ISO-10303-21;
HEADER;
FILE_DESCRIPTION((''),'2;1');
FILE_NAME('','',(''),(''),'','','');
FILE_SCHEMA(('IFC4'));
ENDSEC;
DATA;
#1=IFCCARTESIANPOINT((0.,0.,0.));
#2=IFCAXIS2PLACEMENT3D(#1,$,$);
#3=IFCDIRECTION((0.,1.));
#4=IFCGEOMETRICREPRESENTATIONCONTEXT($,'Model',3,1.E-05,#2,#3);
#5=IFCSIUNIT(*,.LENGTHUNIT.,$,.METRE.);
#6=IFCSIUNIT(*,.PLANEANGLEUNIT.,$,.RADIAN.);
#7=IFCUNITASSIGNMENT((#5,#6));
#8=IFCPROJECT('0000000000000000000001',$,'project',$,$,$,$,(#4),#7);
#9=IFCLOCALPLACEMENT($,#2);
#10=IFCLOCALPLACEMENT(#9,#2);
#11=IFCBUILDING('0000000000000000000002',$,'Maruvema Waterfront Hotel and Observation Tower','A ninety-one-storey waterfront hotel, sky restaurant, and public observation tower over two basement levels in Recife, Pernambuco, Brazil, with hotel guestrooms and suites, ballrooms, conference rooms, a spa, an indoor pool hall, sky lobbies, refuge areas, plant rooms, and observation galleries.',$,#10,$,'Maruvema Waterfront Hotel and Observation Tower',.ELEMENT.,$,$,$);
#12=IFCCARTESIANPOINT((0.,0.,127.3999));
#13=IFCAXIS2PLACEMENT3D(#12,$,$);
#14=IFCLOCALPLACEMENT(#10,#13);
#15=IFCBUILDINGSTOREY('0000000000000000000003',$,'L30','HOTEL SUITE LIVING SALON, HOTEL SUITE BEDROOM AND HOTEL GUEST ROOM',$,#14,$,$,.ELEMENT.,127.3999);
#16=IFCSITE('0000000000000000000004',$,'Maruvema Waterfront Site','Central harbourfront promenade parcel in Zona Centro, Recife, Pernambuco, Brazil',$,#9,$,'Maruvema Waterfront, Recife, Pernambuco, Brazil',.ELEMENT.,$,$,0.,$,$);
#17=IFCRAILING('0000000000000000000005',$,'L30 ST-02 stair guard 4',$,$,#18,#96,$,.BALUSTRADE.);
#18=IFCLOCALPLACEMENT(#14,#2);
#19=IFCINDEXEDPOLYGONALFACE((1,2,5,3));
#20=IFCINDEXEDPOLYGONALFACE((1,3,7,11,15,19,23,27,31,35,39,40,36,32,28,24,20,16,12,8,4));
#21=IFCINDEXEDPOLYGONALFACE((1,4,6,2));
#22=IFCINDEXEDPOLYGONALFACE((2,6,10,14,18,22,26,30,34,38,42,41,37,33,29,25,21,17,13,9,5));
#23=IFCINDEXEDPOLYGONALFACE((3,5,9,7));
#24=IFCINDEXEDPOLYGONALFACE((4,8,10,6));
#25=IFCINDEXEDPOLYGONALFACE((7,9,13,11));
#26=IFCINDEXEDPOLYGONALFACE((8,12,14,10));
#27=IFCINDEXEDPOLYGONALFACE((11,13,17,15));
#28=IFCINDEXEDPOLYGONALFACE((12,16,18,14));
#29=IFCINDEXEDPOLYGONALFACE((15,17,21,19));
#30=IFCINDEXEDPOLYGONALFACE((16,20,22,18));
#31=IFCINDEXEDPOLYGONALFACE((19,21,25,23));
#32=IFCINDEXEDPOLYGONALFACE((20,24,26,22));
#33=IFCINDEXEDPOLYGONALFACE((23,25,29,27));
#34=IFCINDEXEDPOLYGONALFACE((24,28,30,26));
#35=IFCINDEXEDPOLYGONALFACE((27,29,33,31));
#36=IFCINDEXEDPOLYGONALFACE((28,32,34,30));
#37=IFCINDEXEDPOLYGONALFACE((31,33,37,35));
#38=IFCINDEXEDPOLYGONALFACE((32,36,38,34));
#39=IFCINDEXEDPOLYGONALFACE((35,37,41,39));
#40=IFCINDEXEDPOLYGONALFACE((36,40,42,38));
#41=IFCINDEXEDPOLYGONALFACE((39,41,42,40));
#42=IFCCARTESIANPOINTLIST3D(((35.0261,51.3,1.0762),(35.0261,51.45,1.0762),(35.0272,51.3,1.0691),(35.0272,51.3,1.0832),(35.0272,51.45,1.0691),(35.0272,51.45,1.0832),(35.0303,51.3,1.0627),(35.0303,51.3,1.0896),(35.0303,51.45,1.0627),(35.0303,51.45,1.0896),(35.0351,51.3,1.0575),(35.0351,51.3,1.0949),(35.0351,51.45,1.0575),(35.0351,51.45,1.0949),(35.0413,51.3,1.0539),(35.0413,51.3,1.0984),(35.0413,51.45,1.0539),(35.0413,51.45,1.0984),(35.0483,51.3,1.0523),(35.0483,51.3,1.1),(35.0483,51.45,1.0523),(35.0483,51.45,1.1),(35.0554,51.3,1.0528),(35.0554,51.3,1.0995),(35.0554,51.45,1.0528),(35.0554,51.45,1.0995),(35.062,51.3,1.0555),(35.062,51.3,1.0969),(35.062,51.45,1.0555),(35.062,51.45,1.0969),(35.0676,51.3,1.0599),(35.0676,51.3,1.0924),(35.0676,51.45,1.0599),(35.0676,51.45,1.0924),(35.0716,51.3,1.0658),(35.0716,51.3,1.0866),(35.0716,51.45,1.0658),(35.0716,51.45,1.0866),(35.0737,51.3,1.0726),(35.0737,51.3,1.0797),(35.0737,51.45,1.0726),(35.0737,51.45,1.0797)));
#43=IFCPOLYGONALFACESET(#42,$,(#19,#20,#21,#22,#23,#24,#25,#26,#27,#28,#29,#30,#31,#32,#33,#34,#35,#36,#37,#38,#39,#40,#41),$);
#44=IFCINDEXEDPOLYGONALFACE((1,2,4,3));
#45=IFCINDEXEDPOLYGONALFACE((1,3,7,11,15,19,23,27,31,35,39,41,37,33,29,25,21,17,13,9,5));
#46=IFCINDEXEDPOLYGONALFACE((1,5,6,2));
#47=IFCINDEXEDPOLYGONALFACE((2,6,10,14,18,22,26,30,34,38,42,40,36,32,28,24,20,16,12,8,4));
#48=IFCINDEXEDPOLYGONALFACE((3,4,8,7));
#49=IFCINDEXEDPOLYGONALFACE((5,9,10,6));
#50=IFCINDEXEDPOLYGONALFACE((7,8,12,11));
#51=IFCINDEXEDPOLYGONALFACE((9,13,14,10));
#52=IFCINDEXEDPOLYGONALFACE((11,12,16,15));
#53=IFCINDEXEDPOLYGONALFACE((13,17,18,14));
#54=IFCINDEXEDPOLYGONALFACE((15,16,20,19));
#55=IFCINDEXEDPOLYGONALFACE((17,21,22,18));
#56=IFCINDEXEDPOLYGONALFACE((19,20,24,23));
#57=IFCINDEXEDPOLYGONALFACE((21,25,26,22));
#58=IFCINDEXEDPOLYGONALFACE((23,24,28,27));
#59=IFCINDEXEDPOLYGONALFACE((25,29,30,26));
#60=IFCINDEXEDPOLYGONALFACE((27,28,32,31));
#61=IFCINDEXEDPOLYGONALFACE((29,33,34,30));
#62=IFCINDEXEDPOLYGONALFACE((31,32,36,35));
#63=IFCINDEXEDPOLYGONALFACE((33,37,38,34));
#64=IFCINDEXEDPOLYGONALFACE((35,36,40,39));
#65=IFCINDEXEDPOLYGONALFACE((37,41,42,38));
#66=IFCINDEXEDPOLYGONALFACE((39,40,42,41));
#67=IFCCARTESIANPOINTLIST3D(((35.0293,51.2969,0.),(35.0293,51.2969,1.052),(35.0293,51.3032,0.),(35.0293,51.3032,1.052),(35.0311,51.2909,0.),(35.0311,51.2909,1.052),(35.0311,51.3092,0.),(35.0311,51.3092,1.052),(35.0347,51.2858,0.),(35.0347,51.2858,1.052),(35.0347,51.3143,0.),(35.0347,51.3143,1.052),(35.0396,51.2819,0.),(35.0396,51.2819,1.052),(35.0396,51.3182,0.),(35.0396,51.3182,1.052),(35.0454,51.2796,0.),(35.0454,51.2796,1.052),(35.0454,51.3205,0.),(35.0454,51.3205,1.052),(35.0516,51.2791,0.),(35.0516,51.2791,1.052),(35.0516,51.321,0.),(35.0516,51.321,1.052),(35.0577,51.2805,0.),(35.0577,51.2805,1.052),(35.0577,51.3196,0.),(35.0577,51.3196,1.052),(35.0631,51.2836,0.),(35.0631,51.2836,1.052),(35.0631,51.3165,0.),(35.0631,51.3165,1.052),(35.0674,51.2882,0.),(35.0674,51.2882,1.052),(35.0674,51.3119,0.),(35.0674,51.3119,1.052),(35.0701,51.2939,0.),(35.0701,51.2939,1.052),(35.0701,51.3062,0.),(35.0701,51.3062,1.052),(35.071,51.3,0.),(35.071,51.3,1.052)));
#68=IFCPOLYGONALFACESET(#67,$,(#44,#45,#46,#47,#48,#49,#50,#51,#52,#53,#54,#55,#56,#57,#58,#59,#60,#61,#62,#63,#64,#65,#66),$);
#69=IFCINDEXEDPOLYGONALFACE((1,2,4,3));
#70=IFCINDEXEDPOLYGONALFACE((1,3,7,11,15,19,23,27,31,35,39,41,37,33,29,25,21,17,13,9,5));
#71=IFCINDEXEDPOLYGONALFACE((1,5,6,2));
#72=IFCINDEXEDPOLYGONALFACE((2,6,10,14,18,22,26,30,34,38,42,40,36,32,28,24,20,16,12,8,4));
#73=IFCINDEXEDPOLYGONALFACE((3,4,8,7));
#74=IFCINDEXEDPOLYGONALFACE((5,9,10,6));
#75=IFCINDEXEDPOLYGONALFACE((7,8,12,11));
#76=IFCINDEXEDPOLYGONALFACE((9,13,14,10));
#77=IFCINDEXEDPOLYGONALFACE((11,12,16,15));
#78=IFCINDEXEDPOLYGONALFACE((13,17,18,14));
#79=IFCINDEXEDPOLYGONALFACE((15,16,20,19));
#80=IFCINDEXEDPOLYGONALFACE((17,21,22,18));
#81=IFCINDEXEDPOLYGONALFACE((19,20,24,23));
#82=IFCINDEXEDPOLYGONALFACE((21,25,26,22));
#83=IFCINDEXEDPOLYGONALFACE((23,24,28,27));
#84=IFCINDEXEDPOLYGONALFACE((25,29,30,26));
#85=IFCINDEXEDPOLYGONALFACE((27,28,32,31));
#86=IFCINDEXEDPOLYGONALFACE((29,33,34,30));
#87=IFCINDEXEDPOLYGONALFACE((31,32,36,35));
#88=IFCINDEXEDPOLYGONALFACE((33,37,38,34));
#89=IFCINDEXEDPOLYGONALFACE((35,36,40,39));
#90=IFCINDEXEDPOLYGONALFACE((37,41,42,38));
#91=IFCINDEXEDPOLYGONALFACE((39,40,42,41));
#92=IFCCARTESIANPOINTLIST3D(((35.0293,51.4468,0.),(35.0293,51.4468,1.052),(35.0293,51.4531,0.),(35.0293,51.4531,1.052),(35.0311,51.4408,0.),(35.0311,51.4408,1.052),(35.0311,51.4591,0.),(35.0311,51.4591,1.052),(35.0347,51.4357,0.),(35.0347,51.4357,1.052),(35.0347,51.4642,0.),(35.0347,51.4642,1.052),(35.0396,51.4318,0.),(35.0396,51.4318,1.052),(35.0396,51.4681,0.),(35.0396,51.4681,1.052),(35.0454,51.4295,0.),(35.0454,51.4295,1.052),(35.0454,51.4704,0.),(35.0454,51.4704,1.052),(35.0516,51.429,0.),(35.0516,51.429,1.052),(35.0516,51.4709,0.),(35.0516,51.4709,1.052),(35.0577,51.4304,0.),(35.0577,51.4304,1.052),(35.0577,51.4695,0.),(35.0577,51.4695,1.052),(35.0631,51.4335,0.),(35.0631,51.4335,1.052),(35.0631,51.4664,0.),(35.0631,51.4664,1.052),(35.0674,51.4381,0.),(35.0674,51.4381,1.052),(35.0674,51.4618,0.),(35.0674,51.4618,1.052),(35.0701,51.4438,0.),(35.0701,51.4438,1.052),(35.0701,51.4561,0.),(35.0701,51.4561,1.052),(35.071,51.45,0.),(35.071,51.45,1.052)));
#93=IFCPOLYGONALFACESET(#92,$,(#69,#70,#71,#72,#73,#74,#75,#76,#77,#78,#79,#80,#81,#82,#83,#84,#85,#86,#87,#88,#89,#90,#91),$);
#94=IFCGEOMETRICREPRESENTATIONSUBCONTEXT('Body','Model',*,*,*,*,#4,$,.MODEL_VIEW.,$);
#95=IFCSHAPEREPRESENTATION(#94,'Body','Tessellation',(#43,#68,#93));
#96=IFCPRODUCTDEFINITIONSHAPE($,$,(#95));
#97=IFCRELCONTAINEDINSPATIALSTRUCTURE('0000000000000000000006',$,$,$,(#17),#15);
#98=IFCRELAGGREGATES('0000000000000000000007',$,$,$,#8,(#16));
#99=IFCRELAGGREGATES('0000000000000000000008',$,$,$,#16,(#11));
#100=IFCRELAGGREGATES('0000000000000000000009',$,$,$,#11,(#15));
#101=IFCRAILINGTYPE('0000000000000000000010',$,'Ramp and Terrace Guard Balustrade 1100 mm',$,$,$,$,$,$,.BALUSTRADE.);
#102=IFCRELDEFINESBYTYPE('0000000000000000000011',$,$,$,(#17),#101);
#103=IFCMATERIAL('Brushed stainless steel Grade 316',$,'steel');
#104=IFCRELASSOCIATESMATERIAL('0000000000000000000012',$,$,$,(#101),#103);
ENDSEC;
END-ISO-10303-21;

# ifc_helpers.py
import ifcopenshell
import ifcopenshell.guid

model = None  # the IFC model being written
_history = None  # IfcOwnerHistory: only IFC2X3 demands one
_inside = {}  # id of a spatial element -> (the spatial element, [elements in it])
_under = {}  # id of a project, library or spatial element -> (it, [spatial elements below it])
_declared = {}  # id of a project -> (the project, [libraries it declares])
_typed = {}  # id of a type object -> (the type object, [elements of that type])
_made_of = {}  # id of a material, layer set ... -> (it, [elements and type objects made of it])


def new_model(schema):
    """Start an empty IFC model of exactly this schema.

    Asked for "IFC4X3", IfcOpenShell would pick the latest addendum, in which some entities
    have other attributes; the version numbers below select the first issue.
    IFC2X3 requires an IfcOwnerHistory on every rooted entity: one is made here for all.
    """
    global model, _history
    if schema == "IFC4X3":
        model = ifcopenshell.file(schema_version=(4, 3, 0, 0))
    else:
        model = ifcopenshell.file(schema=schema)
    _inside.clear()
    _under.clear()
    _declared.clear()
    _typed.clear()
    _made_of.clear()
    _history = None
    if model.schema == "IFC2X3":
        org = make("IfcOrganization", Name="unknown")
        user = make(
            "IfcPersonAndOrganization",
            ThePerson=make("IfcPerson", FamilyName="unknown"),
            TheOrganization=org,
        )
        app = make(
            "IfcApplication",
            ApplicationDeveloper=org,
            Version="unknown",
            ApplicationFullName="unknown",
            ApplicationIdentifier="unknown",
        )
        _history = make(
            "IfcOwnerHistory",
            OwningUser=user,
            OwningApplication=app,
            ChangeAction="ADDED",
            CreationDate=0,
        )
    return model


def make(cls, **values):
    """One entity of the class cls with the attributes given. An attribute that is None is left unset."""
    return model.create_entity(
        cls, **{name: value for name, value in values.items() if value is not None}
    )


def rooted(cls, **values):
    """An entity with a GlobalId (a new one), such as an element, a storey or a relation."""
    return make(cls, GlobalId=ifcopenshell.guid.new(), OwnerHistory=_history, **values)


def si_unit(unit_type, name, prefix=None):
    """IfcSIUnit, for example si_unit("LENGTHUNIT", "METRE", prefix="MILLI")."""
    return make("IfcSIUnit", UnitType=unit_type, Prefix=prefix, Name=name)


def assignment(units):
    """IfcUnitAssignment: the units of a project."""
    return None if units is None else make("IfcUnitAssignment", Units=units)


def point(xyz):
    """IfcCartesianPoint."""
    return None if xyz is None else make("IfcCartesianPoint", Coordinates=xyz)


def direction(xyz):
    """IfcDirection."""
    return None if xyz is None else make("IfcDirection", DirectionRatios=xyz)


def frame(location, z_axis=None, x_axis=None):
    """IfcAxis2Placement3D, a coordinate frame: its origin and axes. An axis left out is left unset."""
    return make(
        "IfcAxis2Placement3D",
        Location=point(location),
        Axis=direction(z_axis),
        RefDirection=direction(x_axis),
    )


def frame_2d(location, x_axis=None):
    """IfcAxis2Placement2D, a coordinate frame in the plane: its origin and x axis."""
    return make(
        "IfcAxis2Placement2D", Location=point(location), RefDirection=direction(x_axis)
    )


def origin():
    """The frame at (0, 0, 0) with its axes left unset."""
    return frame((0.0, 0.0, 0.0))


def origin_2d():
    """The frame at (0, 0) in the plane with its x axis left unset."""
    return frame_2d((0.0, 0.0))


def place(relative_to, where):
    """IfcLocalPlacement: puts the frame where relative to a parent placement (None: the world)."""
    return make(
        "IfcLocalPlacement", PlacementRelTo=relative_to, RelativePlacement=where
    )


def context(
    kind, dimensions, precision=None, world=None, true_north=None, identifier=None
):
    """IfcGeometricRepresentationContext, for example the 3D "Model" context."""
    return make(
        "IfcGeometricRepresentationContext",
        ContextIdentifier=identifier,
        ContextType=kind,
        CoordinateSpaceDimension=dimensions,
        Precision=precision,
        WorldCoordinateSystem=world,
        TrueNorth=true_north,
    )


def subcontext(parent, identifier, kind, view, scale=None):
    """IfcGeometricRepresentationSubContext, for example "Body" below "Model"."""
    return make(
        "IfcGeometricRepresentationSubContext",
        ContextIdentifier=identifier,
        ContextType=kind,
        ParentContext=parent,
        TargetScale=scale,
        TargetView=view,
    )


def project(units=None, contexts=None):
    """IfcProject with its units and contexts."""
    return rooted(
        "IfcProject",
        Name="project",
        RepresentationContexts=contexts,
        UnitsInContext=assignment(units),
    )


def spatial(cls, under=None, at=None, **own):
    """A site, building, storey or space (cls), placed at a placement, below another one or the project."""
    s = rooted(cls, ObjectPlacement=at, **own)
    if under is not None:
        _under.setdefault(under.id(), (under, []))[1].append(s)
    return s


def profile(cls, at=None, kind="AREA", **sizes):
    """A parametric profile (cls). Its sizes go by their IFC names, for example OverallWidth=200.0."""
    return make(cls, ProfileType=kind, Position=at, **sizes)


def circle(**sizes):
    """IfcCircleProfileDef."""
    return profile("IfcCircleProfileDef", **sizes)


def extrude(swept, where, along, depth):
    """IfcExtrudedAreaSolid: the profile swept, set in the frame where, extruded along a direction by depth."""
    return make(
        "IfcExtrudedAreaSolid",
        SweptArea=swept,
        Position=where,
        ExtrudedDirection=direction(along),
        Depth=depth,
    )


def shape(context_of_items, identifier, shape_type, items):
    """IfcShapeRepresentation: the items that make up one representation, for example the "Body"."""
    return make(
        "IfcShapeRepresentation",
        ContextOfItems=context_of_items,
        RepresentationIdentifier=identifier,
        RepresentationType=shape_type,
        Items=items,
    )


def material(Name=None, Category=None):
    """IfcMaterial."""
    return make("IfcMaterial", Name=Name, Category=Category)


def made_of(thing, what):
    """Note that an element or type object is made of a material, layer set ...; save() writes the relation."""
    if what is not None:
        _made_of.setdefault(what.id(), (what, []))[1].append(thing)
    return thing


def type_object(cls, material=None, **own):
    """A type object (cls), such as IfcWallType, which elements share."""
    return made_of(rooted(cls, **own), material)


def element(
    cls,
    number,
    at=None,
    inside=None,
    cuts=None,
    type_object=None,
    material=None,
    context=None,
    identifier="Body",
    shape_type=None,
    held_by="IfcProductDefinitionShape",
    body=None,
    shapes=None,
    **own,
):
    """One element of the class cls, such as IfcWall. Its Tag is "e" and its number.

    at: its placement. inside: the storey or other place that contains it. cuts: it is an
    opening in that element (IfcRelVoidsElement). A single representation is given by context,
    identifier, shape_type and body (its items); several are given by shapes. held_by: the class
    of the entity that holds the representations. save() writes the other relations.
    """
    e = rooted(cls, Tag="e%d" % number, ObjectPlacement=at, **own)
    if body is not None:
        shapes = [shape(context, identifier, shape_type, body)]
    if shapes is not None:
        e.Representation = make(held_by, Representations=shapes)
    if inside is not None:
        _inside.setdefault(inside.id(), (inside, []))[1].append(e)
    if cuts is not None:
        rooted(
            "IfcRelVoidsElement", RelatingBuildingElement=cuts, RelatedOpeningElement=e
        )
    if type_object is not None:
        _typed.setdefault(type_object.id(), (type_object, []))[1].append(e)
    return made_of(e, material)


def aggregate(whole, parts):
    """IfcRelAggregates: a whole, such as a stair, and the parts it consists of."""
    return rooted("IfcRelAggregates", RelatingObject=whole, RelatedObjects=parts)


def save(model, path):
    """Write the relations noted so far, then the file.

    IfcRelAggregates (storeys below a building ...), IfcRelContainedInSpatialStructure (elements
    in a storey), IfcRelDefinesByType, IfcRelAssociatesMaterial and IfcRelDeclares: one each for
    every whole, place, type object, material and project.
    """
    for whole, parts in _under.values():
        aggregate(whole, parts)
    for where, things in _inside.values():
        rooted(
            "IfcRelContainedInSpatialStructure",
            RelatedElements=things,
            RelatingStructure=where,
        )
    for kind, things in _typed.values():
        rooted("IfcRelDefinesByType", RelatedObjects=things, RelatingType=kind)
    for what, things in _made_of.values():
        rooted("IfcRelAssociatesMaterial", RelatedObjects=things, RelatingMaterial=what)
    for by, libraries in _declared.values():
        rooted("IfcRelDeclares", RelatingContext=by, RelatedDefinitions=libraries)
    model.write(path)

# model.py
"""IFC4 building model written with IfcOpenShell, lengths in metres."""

from ifc_helpers import new_model, si_unit, direction, frame, origin, origin_2d, place, context, subcontext, project, spatial, circle, extrude, material, type_object, element, save


model = new_model("IFC4")

# Units and contexts
model_context = context("Model", 3, precision=1e-05, world=origin(), true_north=direction((0.0, 1.0)))
body_context = subcontext(model_context, "Body", "Model", "MODEL_VIEW")
ifc_project = project(units=[si_unit("LENGTHUNIT", "METRE"), si_unit("PLANEANGLEUNIT", "RADIAN")], contexts=[model_context])

# Site, building, storey
site_placement = place(None, origin())
site = spatial("IfcSite", under=ifc_project, at=site_placement, Name="Maruvema Waterfront Site", Description="Central harbourfront promenade parcel in Zona Centro, Recife, Pernambuco, Brazil", LongName="Maruvema Waterfront, Recife, Pernambuco, Brazil", CompositionType="ELEMENT", RefElevation=0.0)
building_placement = place(site_placement, origin())
building = spatial("IfcBuilding", under=site, at=building_placement, Name="Maruvema Waterfront Hotel and Observation Tower", Description="A ninety-one-storey waterfront hotel, sky restaurant, and public observation tower over two basement levels in Recife, Pernambuco, Brazil, with hotel guestrooms and suites, ballrooms, conference rooms, a spa, an indoor pool hall, sky lobbies, refuge areas, plant rooms, and observation galleries.", LongName="Maruvema Waterfront Hotel and Observation Tower", CompositionType="ELEMENT")
storey_placement = place(building_placement, frame((0.0, 0.0, 127.3999)))
storey = spatial("IfcBuildingStorey", under=building, at=storey_placement, Name="L30", Description="HOTEL SUITE LIVING SALON, HOTEL SUITE BEDROOM AND HOTEL GUEST ROOM", CompositionType="ELEMENT", Elevation=127.3999)

# Railing
ifc_material_1 = material(Name="Brushed stainless steel Grade 316", Category="steel")
railing_type_1 = type_object("IfcRailingType", Name="Ramp and Terrace Guard Balustrade 1100 mm", PredefinedType="BALUSTRADE", material=ifc_material_1)
railing_1_placement = place(storey_placement, frame((35.05, 51.3, 0.0)))
element("IfcRailing", 1, at=railing_1_placement, inside=storey, type_object=railing_type_1, Name="L30 ST-02 stair guard 4", PredefinedType="BALUSTRADE", context=body_context, shape_type="SweptSolid", body=[
    extrude(circle(Radius=0.0239, at=origin_2d()), frame((0.0, 0.0, 1.0762), z_axis=(0.0, 1.0, 0.0), x_axis=(-1.0, 0.0, 0.0)), (0.0, 0.0, 1.0), 0.1499),
    extrude(circle(Radius=0.021, at=origin_2d()), origin(), (0.0, 0.0, 1.0), 1.052),
    extrude(circle(Radius=0.021, at=origin_2d()), frame((0.0, 0.1499, 0.0)), (0.0, 0.0, 1.0), 1.052),
])

save(model, "model.ifc")
